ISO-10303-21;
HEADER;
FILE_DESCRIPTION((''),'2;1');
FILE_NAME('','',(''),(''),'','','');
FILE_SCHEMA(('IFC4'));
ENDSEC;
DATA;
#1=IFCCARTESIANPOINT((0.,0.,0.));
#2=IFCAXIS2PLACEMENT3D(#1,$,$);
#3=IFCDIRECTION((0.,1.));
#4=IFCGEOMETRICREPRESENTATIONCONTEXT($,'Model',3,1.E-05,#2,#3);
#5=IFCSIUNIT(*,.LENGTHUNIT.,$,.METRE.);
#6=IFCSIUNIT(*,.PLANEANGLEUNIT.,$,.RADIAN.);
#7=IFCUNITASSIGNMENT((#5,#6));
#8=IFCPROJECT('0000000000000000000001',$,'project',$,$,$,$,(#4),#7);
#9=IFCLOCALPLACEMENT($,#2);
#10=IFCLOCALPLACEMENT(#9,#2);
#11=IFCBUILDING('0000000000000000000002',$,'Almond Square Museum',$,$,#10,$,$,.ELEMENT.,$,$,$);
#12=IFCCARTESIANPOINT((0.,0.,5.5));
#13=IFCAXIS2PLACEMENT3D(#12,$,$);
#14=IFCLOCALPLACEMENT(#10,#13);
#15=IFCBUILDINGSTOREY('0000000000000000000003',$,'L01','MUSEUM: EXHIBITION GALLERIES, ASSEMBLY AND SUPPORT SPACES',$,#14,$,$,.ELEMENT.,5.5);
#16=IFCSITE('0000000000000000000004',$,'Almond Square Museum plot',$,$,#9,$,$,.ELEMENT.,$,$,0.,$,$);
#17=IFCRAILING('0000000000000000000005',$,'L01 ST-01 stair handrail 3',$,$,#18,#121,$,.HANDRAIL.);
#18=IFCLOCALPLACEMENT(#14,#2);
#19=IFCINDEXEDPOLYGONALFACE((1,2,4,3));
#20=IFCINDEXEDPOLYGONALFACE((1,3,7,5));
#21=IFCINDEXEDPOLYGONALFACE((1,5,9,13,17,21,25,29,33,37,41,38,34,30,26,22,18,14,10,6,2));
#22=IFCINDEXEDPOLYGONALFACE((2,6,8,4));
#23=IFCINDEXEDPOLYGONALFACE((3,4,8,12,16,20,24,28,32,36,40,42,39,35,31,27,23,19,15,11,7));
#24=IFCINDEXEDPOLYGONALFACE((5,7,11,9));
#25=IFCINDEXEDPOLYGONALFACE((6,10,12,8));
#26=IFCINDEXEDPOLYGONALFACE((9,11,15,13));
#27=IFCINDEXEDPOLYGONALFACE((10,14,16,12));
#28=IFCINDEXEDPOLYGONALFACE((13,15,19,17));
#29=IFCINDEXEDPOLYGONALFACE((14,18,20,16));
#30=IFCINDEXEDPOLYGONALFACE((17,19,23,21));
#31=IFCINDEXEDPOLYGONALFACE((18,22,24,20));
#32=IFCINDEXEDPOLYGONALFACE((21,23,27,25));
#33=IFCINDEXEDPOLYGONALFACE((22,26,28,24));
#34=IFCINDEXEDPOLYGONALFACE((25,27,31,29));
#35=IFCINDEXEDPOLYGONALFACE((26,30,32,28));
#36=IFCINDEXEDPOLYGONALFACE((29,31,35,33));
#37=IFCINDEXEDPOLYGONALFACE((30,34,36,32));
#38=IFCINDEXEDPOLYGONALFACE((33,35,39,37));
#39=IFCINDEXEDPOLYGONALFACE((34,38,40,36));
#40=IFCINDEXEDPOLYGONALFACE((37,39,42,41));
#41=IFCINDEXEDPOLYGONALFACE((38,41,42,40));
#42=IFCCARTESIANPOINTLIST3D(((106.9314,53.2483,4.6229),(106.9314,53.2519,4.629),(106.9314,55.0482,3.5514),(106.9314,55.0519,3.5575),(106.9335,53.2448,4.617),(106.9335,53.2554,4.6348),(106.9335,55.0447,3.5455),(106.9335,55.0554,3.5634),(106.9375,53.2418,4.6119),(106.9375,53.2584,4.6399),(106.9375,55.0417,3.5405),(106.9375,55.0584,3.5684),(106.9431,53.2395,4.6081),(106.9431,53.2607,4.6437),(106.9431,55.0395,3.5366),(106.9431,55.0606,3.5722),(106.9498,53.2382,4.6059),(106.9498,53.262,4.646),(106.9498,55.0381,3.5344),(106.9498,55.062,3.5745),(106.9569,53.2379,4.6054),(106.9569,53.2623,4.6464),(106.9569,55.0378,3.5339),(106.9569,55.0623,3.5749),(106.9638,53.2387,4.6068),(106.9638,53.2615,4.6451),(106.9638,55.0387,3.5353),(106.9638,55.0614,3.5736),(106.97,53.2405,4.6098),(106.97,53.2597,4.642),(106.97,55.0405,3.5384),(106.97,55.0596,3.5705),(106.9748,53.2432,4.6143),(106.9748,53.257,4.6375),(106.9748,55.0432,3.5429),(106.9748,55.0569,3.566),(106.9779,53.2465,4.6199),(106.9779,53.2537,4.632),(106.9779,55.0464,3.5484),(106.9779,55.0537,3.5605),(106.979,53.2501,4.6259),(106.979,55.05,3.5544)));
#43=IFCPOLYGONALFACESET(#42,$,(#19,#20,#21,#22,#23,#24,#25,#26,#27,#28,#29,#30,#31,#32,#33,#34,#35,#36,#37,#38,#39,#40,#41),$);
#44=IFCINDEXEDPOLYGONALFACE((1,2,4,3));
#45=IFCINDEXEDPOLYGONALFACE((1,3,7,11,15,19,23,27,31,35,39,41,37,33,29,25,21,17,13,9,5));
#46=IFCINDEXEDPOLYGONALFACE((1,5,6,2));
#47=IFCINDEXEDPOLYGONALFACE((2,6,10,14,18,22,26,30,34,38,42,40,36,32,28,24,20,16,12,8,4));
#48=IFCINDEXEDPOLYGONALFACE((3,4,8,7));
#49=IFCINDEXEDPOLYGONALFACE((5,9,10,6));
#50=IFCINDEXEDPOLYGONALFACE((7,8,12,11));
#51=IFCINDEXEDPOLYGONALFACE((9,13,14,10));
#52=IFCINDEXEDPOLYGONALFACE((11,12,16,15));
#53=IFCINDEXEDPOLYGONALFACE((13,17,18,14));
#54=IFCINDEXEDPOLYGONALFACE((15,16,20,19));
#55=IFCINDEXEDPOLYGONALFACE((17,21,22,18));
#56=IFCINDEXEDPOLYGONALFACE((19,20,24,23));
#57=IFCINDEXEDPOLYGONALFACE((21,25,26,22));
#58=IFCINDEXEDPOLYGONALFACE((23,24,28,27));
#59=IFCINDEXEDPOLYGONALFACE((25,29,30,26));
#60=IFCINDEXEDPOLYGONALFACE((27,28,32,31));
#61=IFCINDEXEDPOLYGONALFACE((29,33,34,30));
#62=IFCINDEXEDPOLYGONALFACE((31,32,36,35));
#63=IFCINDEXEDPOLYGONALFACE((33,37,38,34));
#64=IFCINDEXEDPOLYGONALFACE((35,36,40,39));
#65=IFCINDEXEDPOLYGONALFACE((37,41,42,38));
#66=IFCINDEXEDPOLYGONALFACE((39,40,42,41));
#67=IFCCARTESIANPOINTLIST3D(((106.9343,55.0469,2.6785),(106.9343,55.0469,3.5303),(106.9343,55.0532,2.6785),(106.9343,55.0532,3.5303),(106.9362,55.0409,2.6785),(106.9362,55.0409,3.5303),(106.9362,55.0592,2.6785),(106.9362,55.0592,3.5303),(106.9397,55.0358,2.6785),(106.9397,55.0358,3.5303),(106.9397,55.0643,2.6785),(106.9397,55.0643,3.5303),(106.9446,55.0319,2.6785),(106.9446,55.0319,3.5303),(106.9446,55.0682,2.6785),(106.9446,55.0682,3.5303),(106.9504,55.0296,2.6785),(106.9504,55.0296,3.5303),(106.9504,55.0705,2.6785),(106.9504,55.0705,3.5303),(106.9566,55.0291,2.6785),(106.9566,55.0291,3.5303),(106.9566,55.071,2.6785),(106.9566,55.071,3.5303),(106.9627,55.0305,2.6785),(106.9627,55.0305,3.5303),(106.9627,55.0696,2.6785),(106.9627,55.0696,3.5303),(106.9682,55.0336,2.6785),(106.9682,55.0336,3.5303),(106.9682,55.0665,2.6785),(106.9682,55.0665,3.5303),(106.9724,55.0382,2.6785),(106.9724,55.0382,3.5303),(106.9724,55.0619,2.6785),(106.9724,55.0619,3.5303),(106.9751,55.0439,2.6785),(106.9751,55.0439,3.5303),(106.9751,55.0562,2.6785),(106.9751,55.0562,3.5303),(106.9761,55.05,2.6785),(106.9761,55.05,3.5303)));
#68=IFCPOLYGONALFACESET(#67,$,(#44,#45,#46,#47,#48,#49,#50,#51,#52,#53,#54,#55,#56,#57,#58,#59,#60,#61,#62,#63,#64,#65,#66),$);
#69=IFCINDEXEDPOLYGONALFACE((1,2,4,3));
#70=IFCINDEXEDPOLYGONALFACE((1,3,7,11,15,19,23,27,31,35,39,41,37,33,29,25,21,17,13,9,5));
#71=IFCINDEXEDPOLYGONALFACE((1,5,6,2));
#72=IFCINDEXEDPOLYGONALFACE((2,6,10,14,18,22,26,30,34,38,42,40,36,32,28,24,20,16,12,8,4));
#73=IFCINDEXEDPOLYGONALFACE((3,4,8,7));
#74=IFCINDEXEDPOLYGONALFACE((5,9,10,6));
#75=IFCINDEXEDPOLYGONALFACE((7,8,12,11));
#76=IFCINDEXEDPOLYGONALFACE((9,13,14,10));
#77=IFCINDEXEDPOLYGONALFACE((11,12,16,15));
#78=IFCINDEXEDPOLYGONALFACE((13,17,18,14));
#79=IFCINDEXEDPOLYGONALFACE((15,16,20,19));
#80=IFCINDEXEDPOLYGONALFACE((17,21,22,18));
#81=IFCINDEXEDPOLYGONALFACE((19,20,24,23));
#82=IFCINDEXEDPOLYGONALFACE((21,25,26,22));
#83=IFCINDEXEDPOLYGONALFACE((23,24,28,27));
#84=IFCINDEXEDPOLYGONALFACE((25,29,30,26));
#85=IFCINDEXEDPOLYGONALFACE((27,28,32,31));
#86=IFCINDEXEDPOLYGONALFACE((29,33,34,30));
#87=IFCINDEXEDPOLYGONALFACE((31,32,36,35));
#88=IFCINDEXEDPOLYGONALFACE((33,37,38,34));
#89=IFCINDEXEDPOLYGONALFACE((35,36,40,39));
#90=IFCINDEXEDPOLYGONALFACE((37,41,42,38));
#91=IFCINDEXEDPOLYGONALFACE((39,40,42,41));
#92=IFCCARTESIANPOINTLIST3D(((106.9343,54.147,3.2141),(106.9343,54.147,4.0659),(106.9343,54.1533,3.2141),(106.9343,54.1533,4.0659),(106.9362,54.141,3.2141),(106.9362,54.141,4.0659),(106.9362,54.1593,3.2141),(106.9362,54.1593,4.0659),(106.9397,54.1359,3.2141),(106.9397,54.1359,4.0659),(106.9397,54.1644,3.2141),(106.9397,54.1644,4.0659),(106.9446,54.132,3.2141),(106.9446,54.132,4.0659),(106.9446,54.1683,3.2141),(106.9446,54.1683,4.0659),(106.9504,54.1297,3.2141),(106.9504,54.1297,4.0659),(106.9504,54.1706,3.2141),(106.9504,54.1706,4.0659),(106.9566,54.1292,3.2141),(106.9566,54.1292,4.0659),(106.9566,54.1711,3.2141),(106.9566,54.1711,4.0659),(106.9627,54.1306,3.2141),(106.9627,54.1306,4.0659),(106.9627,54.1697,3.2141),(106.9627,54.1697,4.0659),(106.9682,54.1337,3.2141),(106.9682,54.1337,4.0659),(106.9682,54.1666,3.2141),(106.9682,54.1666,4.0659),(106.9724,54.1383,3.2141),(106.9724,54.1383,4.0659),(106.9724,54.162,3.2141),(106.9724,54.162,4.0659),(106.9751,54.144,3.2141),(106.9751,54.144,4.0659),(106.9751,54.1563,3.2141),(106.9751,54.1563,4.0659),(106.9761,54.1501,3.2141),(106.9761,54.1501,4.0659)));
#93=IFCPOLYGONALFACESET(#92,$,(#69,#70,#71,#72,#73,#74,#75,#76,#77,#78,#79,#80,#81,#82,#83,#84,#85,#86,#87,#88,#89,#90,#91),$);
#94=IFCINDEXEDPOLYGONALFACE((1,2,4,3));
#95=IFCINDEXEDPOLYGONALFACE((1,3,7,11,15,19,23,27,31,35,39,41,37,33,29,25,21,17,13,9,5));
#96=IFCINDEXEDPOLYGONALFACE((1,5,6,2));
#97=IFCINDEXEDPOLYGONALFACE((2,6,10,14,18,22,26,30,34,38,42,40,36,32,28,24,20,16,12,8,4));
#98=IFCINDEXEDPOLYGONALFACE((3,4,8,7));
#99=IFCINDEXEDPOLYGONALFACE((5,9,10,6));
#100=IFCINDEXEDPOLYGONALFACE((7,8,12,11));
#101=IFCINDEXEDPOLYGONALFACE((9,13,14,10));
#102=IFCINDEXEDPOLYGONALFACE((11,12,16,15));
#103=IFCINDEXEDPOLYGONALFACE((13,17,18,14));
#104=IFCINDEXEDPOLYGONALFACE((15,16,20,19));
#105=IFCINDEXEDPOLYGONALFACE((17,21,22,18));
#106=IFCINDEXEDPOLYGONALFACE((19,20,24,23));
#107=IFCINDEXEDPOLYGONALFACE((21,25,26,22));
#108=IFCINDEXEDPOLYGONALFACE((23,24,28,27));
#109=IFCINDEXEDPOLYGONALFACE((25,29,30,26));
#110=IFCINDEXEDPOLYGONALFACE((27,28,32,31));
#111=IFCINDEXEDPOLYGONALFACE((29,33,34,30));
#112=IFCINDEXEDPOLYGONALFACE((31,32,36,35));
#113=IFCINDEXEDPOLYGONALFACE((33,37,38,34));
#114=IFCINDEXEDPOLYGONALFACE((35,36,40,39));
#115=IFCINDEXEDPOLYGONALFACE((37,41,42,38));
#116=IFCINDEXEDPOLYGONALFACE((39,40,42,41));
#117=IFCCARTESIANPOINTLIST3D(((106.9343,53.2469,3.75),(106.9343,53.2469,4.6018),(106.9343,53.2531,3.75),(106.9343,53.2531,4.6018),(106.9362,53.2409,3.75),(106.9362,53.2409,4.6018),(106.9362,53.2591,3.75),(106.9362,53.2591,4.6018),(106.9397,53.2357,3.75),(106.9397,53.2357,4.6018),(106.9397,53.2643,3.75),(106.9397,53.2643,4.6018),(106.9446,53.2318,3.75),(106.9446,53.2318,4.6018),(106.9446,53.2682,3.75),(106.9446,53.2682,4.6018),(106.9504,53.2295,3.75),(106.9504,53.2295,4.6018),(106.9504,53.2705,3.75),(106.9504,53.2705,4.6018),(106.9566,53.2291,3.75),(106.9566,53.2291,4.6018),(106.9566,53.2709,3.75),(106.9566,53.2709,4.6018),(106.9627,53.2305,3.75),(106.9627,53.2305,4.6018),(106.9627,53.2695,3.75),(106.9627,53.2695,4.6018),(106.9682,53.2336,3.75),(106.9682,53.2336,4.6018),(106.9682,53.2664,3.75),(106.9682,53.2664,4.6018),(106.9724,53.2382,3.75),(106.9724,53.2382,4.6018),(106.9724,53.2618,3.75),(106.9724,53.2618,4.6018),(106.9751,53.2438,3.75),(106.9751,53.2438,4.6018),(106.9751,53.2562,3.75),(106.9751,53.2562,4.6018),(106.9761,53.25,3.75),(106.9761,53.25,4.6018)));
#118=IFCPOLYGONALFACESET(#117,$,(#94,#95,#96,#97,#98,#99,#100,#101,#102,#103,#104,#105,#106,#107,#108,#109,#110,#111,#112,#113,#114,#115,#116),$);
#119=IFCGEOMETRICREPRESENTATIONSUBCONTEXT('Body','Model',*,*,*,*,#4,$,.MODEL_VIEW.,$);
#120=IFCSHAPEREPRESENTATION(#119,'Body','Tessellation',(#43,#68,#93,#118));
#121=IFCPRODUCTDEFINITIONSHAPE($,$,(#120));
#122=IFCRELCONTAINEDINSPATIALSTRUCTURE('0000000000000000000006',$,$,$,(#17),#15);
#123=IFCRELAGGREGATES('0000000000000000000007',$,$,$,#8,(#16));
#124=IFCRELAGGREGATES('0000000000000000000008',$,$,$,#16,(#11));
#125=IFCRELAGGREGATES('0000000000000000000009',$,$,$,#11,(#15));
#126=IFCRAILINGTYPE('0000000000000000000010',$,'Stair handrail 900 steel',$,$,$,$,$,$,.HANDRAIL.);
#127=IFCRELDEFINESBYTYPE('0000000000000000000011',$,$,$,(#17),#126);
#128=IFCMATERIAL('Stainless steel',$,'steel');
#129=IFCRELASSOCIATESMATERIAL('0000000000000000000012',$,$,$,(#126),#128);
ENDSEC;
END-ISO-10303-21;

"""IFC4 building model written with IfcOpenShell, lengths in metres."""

from ifc_helpers import new_model, si_unit, direction, frame, origin, origin_2d, place, context, subcontext, project, spatial, circle, extrude, material, type_object, element, save


model = new_model("IFC4")

# Units and contexts
model_context = context("Model", 3, precision=1e-05, world=origin(), true_north=direction((0.0, 1.0)))
body_context = subcontext(model_context, "Body", "Model", "MODEL_VIEW")
ifc_project = project(units=[si_unit("LENGTHUNIT", "METRE"), si_unit("PLANEANGLEUNIT", "RADIAN")], contexts=[model_context])

# Site, building, storey
site_placement = place(None, origin())
site = spatial("IfcSite", under=ifc_project, at=site_placement, Name="Almond Square Museum plot", CompositionType="ELEMENT", RefElevation=0.0)
building_placement = place(site_placement, origin())
building = spatial("IfcBuilding", under=site, at=building_placement, Name="Almond Square Museum", CompositionType="ELEMENT")
storey_placement = place(building_placement, frame((0.0, 0.0, 5.5)))
storey = spatial("IfcBuildingStorey", under=building, at=storey_placement, Name="L01", Description="MUSEUM: EXHIBITION GALLERIES, ASSEMBLY AND SUPPORT SPACES", CompositionType="ELEMENT", Elevation=5.5)

# Railing
ifc_material_1 = material(Name="Stainless steel", Category="steel")
railing_type_1 = type_object("IfcRailingType", Name="Stair handrail 900 steel", PredefinedType="HANDRAIL", material=ifc_material_1)
railing_1_placement = place(storey_placement, frame((106.9551, 55.05, 2.6785)))
element("IfcRailing", 1, at=railing_1_placement, inside=storey, type_object=railing_type_1, Name="L01 ST-01 stair handrail 3", PredefinedType="HANDRAIL", context=body_context, shape_type="SweptSolid", body=[
    extrude(circle(Radius=0.0239, at=origin_2d()), frame((0.0, 0.0, 0.876), z_axis=(0.0, -0.859277, 0.51151), x_axis=(1.0, 0.0, 0.0)), (0.0, 0.0, 1.0), 2.0947),
    extrude(circle(Radius=0.021, at=origin_2d()), origin(), (0.0, 0.0, 1.0), 0.8518),
    extrude(circle(Radius=0.021, at=origin_2d()), frame((0.0, -0.8999, 0.5356)), (0.0, 0.0, 1.0), 0.8518),
    extrude(circle(Radius=0.021, at=origin_2d()), frame((0.0, -1.8, 1.0715)), (0.0, 0.0, 1.0), 0.8518),
])

save(model, "model.ifc")
